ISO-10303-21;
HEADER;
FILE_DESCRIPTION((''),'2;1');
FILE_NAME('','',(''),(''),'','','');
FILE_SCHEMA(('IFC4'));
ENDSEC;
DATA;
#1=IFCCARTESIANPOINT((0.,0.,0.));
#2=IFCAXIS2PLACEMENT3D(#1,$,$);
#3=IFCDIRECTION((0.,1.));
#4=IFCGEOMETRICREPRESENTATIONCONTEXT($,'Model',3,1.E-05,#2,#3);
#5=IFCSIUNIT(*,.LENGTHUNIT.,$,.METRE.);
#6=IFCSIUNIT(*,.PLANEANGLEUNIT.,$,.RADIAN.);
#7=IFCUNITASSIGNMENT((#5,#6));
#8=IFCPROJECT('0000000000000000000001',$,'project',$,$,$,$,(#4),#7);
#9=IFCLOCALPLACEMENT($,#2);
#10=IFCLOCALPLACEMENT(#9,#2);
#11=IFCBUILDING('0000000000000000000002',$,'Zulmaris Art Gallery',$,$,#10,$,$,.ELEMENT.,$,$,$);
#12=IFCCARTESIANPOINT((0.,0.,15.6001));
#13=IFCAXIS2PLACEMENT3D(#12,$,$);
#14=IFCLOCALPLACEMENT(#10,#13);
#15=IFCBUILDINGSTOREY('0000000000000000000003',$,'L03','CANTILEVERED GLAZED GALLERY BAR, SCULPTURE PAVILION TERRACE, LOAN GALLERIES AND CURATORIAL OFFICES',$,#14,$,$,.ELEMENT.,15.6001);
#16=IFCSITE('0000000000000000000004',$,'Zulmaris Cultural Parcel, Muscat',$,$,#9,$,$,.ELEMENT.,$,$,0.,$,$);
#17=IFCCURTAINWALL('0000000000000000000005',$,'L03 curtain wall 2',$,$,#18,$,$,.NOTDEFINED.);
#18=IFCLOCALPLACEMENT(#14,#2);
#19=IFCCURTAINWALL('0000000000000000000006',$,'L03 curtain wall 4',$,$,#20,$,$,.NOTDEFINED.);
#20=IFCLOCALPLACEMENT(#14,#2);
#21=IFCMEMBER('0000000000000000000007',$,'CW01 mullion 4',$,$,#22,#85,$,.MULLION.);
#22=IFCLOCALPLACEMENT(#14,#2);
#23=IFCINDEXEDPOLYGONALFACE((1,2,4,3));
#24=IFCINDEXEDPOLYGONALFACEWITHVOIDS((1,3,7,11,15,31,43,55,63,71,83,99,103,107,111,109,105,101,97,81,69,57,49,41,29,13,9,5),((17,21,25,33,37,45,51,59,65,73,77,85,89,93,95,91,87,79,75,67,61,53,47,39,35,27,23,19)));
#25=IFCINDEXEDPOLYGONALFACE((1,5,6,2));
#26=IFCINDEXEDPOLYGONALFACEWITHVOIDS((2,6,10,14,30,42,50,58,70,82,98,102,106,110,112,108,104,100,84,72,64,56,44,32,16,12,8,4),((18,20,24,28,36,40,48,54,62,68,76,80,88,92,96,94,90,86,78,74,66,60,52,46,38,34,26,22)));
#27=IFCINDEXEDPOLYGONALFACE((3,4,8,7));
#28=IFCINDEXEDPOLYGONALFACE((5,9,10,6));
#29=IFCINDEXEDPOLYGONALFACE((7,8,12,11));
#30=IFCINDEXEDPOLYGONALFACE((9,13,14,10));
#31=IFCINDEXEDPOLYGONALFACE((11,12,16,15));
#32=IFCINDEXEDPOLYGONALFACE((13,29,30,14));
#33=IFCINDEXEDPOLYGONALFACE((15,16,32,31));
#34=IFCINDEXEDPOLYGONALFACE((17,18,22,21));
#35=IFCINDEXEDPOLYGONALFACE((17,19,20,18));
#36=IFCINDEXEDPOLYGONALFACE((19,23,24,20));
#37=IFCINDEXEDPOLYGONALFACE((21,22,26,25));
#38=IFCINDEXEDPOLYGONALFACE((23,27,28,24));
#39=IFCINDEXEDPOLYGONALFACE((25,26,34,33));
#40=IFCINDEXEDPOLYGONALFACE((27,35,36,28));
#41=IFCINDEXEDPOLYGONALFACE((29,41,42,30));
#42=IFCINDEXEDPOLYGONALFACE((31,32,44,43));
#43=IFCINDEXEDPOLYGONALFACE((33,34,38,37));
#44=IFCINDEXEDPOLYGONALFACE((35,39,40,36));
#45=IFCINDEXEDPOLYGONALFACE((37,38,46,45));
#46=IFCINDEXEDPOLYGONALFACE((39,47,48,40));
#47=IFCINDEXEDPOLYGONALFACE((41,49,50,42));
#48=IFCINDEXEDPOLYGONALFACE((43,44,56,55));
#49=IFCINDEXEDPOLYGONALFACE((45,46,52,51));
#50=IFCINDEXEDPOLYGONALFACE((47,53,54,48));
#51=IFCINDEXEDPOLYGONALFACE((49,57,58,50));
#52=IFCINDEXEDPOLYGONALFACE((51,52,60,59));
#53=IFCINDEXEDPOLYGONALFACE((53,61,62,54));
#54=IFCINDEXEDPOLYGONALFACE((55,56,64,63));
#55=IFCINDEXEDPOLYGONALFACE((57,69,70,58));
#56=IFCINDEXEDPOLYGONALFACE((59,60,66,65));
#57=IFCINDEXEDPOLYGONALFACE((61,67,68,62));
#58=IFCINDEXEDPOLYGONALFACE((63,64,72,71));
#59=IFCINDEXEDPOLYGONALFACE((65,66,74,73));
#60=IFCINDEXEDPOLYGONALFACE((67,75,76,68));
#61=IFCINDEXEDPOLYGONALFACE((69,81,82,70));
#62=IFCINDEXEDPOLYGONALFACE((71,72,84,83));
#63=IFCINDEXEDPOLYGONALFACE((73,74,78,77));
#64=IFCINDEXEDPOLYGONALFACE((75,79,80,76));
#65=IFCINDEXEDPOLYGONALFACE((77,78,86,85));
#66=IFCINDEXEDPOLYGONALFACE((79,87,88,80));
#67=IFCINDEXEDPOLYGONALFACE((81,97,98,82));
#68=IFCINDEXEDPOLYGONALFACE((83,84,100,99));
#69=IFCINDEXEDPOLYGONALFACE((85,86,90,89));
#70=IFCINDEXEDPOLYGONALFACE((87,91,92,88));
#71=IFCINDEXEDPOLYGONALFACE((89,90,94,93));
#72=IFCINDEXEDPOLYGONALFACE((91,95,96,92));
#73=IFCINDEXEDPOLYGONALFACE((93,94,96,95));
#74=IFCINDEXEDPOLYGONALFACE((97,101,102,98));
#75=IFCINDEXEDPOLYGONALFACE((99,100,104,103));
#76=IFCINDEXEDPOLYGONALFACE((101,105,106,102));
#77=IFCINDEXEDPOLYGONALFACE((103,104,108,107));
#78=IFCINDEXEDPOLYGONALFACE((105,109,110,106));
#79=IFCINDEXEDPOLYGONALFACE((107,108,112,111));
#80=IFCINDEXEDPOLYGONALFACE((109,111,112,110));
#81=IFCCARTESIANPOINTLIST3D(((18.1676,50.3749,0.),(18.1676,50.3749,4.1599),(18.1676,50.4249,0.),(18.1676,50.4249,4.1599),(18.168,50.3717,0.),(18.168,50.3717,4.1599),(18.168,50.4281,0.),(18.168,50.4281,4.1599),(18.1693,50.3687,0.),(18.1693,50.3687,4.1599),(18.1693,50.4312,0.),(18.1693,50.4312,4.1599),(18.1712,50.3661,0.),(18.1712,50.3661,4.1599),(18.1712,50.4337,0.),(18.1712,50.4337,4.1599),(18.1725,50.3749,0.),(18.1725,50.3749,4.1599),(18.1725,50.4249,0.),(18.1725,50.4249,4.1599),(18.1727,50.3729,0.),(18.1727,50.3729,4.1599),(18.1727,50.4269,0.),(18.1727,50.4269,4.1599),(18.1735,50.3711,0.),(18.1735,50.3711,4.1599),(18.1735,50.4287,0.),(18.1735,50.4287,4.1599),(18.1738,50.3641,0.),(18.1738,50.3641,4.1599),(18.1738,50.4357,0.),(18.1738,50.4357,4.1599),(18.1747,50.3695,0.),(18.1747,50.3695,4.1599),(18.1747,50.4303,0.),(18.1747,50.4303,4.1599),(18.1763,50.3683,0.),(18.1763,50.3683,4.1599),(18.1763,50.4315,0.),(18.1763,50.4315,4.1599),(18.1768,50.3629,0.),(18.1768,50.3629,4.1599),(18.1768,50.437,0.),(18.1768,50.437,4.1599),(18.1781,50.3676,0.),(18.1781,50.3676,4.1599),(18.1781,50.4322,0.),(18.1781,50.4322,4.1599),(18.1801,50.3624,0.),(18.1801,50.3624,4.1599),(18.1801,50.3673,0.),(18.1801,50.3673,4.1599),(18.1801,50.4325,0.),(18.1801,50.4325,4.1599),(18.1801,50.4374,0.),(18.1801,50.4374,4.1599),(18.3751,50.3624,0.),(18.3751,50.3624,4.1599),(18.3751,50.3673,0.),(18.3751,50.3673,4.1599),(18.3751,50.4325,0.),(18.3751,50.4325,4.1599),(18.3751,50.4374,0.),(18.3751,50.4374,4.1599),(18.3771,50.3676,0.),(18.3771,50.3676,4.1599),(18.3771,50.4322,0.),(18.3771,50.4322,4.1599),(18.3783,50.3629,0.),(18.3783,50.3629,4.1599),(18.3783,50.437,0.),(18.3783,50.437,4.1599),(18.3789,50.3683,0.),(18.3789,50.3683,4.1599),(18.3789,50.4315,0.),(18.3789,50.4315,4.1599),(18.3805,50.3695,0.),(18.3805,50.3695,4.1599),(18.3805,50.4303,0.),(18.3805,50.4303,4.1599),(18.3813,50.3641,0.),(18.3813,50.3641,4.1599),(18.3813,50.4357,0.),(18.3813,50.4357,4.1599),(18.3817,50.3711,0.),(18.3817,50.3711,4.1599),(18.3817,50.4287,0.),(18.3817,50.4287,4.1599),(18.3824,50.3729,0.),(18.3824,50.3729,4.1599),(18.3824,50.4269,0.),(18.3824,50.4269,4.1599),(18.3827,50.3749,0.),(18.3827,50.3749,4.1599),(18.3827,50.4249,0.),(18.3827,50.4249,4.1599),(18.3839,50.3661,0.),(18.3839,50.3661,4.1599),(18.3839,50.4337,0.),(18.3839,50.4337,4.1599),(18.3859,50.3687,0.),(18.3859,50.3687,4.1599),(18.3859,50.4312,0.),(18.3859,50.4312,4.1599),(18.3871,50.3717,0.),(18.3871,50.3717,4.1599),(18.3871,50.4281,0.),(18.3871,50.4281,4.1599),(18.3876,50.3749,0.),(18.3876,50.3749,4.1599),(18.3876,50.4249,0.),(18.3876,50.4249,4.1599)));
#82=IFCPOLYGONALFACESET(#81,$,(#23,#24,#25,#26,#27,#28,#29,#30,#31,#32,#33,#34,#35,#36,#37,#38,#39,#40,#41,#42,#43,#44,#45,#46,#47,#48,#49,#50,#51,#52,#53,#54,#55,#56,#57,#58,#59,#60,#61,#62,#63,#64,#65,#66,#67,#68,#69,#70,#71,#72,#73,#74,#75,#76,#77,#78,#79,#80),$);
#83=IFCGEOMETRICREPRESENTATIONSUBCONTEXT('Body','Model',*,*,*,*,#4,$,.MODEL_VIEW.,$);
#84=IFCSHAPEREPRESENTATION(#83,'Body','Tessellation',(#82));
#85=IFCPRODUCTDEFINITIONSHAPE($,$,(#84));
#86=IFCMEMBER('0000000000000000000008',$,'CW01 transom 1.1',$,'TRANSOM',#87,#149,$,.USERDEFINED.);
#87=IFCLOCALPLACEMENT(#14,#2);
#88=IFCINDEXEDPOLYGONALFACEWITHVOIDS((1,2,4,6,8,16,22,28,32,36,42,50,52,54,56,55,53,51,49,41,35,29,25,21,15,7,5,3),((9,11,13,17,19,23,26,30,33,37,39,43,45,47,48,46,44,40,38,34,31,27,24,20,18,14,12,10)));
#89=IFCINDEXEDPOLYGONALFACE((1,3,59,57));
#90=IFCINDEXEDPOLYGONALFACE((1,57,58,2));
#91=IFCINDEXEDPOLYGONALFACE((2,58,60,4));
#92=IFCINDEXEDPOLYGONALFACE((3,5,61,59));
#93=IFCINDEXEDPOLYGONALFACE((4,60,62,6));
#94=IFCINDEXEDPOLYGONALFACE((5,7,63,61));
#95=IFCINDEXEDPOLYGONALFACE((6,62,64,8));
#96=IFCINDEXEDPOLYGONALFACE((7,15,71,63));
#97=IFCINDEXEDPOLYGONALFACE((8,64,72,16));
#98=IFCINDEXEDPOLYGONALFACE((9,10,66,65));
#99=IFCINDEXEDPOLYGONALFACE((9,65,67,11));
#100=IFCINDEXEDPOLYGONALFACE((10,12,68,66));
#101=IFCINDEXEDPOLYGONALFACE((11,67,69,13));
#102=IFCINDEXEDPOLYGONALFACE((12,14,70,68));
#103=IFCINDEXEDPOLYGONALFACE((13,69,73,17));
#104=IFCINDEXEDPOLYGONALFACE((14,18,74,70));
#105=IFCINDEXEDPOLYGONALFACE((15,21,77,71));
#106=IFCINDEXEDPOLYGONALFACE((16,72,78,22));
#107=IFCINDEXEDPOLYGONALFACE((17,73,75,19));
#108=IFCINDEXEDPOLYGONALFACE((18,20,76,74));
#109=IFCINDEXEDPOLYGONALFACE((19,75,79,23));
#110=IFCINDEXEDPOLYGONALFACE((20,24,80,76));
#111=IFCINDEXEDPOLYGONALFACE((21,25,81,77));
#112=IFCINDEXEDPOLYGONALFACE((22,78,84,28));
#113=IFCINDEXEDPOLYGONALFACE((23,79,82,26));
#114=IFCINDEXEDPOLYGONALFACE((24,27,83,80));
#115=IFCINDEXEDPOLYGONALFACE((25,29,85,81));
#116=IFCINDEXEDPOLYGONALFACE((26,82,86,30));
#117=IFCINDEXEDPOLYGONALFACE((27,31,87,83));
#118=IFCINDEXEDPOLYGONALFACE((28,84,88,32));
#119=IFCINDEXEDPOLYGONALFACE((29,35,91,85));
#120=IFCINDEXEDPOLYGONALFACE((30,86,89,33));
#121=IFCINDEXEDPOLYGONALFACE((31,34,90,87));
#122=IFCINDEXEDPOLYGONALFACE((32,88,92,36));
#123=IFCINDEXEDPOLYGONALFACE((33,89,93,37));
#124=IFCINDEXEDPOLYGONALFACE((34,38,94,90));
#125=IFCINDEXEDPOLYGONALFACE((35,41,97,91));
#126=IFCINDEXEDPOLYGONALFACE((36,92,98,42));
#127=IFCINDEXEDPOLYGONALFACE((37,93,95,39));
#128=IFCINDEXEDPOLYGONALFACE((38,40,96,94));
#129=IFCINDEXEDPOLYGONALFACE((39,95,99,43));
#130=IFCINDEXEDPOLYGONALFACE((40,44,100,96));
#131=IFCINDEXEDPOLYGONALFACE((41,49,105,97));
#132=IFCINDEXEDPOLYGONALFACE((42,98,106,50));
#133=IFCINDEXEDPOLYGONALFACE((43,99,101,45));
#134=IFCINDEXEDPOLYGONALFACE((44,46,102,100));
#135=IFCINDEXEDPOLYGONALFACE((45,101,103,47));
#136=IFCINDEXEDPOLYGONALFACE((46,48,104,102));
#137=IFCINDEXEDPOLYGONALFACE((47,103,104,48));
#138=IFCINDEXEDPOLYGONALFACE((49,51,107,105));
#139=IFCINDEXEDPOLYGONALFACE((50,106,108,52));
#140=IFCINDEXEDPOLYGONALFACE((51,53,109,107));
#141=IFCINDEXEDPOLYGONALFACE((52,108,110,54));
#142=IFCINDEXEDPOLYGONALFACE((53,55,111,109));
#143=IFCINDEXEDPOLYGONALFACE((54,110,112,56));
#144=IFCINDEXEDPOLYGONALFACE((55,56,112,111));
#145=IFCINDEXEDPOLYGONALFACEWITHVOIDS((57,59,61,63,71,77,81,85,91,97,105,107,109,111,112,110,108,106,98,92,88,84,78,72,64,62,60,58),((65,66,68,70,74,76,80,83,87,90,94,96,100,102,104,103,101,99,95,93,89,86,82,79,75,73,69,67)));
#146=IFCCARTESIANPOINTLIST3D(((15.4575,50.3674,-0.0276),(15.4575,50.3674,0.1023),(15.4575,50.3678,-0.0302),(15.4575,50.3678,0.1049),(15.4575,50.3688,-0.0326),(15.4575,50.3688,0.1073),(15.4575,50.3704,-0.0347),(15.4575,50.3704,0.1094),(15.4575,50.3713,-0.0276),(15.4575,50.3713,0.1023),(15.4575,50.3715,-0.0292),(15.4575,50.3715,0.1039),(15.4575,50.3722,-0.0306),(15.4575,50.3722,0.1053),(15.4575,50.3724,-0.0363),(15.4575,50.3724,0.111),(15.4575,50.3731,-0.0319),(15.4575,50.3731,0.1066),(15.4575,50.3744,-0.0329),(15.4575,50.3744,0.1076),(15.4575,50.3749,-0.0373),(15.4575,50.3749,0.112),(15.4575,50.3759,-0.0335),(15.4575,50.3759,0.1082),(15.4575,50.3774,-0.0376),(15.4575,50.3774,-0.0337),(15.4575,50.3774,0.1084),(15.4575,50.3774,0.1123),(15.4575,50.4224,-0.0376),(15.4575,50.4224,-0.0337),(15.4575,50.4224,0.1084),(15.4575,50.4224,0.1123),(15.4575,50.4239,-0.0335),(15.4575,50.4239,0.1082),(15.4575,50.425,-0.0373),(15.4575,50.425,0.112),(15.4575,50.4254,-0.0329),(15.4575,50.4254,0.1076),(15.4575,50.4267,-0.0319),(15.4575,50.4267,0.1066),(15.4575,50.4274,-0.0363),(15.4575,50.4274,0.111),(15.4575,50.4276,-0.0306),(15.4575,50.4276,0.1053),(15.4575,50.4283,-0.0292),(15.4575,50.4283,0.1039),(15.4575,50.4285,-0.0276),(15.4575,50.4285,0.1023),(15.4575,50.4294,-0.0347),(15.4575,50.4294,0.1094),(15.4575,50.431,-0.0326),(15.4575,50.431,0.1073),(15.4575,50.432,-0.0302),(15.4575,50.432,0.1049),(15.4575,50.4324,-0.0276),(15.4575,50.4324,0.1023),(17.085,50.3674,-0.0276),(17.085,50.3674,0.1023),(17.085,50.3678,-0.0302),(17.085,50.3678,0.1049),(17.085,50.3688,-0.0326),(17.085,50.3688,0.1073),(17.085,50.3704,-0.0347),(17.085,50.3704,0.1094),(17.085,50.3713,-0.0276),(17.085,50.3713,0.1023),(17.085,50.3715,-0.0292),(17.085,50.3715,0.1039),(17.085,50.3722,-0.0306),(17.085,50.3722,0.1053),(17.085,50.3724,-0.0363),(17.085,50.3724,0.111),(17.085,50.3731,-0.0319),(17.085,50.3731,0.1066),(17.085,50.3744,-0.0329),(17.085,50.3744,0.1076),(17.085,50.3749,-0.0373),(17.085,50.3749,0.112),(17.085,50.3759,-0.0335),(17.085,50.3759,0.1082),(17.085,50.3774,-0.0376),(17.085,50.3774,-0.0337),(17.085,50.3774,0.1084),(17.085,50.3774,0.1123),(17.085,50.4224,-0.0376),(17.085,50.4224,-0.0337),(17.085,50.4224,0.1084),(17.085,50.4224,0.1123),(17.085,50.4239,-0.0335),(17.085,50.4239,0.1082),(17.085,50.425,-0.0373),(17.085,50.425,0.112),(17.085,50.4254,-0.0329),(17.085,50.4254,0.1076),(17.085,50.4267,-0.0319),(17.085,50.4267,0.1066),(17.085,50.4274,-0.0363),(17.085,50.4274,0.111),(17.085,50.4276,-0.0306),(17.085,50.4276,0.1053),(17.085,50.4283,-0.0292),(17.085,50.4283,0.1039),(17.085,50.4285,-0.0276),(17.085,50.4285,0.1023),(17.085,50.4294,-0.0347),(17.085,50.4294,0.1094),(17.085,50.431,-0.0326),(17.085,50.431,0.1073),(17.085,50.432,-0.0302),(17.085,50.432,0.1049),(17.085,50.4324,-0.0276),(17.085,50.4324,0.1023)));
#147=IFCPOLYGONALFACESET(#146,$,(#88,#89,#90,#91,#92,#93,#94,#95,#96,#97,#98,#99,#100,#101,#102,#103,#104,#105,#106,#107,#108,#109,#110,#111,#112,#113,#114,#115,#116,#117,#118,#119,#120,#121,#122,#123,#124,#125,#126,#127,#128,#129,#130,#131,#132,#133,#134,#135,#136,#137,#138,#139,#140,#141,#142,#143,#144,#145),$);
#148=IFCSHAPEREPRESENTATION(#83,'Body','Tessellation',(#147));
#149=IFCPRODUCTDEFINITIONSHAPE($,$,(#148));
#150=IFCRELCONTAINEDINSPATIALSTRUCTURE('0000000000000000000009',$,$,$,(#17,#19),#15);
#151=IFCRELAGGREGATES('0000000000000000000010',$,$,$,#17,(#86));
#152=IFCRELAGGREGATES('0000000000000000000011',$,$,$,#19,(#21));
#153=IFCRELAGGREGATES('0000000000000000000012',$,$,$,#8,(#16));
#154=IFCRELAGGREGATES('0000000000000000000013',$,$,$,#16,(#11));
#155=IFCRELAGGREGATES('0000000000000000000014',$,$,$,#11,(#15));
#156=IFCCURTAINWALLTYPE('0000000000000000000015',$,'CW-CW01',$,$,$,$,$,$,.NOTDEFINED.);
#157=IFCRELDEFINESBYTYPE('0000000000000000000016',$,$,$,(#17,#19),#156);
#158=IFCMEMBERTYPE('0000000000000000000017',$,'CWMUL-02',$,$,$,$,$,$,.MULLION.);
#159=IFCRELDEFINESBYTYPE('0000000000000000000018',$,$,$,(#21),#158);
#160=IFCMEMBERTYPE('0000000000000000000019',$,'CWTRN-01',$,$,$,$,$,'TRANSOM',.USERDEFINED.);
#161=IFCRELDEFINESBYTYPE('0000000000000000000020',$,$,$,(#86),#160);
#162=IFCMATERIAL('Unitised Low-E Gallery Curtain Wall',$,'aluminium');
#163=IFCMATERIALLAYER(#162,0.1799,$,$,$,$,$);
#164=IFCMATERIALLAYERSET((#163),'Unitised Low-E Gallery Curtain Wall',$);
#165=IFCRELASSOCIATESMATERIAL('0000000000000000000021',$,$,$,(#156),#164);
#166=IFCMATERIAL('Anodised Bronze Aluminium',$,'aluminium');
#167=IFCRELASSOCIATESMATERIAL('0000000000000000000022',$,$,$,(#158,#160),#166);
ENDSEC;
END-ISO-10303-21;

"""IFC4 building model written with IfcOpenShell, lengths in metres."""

from ifc_helpers import new_model, si_unit, direction, frame, origin, origin_2d, place, context, subcontext, project, spatial, hollow_rectangle, extrude, material, layer, layer_set, material_profile, profile_set, type_object, element, aggregate, save


model = new_model("IFC4")

# Units and contexts
model_context = context("Model", 3, precision=1e-05, world=origin(), true_north=direction((0.0, 1.0)))
body_context = subcontext(model_context, "Body", "Model", "MODEL_VIEW")
ifc_project = project(units=[si_unit("LENGTHUNIT", "METRE"), si_unit("PLANEANGLEUNIT", "RADIAN")], contexts=[model_context])

# Site, building, storey
site_placement = place(None, origin())
site = spatial("IfcSite", under=ifc_project, at=site_placement, Name="Zulmaris Cultural Parcel, Muscat", CompositionType="ELEMENT", RefElevation=0.0)
building_placement = place(site_placement, origin())
building = spatial("IfcBuilding", under=site, at=building_placement, Name="Zulmaris Art Gallery", CompositionType="ELEMENT")
storey_placement = place(building_placement, frame((0.0, 0.0, 15.6001)))
storey = spatial("IfcBuildingStorey", under=building, at=storey_placement, Name="L03", Description="CANTILEVERED GLAZED GALLERY BAR, SCULPTURE PAVILION TERRACE, LOAN GALLERIES AND CURATORIAL OFFICES", CompositionType="ELEMENT", Elevation=15.6001)

# Curtain wall
ifc_material_1 = material(Name="Unitised Low-E Gallery Curtain Wall", Category="aluminium")
ifc_layer_1 = layer(ifc_material_1, 0.1799)
ifc_layer_set_1 = layer_set([ifc_layer_1], Name="Unitised Low-E Gallery Curtain Wall")
curtain_wall_type = type_object("IfcCurtainWallType", Name="CW-CW01", PredefinedType="NOTDEFINED", material=ifc_layer_set_1)
curtain_wall_1_placement = place(storey_placement, origin())
curtain_wall_1 = element("IfcCurtainWall", 1, at=curtain_wall_1_placement, inside=storey, type_object=curtain_wall_type, Name="L03 curtain wall 2", PredefinedType="NOTDEFINED")
ifc_material_2 = material(Name="Anodised Bronze Aluminium", Category="aluminium")
ifc_material_profile_1 = material_profile(ifc_material_2, hollow_rectangle(XDim=0.075, YDim=0.22, WallThickness=0.0049, InnerFilletRadius=0.0076, OuterFilletRadius=0.0125, at=origin_2d()), Name="ALU 75x220x5")
ifc_profile_set_1 = profile_set([ifc_material_profile_1], Name="Anodised Bronze Aluminium")
member_type_1 = type_object("IfcMemberType", Name="CWMUL-02", PredefinedType="MULLION", material=ifc_profile_set_1)

# Curtain wall, member
curtain_wall_2_placement = place(storey_placement, origin())
curtain_wall_2 = element("IfcCurtainWall", 2, at=curtain_wall_2_placement, inside=storey, type_object=curtain_wall_type, Name="L03 curtain wall 4", PredefinedType="NOTDEFINED")
member_1_placement = place(storey_placement, frame((18.2776, 50.3999, 0.0), z_axis=(0.0, 0.0, 1.0), x_axis=(0.0, -1.0, 0.0)))
member_1 = element("IfcMember", 3, at=member_1_placement, type_object=member_type_1, Name="CW01 mullion 4", PredefinedType="MULLION", context=body_context, shape_type="SweptSolid", body=[
    extrude(hollow_rectangle(XDim=0.075, YDim=0.22, WallThickness=0.0049, InnerFilletRadius=0.0076, OuterFilletRadius=0.0125, at=origin_2d()), origin(), (0.0, 0.0, 1.0), 4.1599),
])

# Member
ifc_material_profile_2 = material_profile(ifc_material_2, hollow_rectangle(XDim=0.0649, YDim=0.1499, WallThickness=0.0039, InnerFilletRadius=0.0061, OuterFilletRadius=0.01, at=origin_2d()), Name="ALU 65x150x4")
ifc_profile_set_2 = profile_set([ifc_material_profile_2], Name="Anodised Bronze Aluminium")
member_type_2 = type_object("IfcMemberType", Name="CWTRN-01", ElementType="TRANSOM", PredefinedType="USERDEFINED", material=ifc_profile_set_2)
member_2_placement = place(storey_placement, frame((17.085, 50.3999, 0.0374), z_axis=(-1.0, 0.0, 0.0), x_axis=(0.0, -1.0, 0.0)))
member_2 = element("IfcMember", 4, at=member_2_placement, type_object=member_type_2, Name="CW01 transom 1.1", ObjectType="TRANSOM", PredefinedType="USERDEFINED", context=body_context, shape_type="SweptSolid", body=[
    extrude(hollow_rectangle(XDim=0.0649, YDim=0.1499, WallThickness=0.0039, InnerFilletRadius=0.0061, OuterFilletRadius=0.01, at=origin_2d()), origin(), (0.0, 0.0, 1.0), 1.6274),
])

aggregate(curtain_wall_1, [member_2])
aggregate(curtain_wall_2, [member_1])

save(model, "model.ifc")
